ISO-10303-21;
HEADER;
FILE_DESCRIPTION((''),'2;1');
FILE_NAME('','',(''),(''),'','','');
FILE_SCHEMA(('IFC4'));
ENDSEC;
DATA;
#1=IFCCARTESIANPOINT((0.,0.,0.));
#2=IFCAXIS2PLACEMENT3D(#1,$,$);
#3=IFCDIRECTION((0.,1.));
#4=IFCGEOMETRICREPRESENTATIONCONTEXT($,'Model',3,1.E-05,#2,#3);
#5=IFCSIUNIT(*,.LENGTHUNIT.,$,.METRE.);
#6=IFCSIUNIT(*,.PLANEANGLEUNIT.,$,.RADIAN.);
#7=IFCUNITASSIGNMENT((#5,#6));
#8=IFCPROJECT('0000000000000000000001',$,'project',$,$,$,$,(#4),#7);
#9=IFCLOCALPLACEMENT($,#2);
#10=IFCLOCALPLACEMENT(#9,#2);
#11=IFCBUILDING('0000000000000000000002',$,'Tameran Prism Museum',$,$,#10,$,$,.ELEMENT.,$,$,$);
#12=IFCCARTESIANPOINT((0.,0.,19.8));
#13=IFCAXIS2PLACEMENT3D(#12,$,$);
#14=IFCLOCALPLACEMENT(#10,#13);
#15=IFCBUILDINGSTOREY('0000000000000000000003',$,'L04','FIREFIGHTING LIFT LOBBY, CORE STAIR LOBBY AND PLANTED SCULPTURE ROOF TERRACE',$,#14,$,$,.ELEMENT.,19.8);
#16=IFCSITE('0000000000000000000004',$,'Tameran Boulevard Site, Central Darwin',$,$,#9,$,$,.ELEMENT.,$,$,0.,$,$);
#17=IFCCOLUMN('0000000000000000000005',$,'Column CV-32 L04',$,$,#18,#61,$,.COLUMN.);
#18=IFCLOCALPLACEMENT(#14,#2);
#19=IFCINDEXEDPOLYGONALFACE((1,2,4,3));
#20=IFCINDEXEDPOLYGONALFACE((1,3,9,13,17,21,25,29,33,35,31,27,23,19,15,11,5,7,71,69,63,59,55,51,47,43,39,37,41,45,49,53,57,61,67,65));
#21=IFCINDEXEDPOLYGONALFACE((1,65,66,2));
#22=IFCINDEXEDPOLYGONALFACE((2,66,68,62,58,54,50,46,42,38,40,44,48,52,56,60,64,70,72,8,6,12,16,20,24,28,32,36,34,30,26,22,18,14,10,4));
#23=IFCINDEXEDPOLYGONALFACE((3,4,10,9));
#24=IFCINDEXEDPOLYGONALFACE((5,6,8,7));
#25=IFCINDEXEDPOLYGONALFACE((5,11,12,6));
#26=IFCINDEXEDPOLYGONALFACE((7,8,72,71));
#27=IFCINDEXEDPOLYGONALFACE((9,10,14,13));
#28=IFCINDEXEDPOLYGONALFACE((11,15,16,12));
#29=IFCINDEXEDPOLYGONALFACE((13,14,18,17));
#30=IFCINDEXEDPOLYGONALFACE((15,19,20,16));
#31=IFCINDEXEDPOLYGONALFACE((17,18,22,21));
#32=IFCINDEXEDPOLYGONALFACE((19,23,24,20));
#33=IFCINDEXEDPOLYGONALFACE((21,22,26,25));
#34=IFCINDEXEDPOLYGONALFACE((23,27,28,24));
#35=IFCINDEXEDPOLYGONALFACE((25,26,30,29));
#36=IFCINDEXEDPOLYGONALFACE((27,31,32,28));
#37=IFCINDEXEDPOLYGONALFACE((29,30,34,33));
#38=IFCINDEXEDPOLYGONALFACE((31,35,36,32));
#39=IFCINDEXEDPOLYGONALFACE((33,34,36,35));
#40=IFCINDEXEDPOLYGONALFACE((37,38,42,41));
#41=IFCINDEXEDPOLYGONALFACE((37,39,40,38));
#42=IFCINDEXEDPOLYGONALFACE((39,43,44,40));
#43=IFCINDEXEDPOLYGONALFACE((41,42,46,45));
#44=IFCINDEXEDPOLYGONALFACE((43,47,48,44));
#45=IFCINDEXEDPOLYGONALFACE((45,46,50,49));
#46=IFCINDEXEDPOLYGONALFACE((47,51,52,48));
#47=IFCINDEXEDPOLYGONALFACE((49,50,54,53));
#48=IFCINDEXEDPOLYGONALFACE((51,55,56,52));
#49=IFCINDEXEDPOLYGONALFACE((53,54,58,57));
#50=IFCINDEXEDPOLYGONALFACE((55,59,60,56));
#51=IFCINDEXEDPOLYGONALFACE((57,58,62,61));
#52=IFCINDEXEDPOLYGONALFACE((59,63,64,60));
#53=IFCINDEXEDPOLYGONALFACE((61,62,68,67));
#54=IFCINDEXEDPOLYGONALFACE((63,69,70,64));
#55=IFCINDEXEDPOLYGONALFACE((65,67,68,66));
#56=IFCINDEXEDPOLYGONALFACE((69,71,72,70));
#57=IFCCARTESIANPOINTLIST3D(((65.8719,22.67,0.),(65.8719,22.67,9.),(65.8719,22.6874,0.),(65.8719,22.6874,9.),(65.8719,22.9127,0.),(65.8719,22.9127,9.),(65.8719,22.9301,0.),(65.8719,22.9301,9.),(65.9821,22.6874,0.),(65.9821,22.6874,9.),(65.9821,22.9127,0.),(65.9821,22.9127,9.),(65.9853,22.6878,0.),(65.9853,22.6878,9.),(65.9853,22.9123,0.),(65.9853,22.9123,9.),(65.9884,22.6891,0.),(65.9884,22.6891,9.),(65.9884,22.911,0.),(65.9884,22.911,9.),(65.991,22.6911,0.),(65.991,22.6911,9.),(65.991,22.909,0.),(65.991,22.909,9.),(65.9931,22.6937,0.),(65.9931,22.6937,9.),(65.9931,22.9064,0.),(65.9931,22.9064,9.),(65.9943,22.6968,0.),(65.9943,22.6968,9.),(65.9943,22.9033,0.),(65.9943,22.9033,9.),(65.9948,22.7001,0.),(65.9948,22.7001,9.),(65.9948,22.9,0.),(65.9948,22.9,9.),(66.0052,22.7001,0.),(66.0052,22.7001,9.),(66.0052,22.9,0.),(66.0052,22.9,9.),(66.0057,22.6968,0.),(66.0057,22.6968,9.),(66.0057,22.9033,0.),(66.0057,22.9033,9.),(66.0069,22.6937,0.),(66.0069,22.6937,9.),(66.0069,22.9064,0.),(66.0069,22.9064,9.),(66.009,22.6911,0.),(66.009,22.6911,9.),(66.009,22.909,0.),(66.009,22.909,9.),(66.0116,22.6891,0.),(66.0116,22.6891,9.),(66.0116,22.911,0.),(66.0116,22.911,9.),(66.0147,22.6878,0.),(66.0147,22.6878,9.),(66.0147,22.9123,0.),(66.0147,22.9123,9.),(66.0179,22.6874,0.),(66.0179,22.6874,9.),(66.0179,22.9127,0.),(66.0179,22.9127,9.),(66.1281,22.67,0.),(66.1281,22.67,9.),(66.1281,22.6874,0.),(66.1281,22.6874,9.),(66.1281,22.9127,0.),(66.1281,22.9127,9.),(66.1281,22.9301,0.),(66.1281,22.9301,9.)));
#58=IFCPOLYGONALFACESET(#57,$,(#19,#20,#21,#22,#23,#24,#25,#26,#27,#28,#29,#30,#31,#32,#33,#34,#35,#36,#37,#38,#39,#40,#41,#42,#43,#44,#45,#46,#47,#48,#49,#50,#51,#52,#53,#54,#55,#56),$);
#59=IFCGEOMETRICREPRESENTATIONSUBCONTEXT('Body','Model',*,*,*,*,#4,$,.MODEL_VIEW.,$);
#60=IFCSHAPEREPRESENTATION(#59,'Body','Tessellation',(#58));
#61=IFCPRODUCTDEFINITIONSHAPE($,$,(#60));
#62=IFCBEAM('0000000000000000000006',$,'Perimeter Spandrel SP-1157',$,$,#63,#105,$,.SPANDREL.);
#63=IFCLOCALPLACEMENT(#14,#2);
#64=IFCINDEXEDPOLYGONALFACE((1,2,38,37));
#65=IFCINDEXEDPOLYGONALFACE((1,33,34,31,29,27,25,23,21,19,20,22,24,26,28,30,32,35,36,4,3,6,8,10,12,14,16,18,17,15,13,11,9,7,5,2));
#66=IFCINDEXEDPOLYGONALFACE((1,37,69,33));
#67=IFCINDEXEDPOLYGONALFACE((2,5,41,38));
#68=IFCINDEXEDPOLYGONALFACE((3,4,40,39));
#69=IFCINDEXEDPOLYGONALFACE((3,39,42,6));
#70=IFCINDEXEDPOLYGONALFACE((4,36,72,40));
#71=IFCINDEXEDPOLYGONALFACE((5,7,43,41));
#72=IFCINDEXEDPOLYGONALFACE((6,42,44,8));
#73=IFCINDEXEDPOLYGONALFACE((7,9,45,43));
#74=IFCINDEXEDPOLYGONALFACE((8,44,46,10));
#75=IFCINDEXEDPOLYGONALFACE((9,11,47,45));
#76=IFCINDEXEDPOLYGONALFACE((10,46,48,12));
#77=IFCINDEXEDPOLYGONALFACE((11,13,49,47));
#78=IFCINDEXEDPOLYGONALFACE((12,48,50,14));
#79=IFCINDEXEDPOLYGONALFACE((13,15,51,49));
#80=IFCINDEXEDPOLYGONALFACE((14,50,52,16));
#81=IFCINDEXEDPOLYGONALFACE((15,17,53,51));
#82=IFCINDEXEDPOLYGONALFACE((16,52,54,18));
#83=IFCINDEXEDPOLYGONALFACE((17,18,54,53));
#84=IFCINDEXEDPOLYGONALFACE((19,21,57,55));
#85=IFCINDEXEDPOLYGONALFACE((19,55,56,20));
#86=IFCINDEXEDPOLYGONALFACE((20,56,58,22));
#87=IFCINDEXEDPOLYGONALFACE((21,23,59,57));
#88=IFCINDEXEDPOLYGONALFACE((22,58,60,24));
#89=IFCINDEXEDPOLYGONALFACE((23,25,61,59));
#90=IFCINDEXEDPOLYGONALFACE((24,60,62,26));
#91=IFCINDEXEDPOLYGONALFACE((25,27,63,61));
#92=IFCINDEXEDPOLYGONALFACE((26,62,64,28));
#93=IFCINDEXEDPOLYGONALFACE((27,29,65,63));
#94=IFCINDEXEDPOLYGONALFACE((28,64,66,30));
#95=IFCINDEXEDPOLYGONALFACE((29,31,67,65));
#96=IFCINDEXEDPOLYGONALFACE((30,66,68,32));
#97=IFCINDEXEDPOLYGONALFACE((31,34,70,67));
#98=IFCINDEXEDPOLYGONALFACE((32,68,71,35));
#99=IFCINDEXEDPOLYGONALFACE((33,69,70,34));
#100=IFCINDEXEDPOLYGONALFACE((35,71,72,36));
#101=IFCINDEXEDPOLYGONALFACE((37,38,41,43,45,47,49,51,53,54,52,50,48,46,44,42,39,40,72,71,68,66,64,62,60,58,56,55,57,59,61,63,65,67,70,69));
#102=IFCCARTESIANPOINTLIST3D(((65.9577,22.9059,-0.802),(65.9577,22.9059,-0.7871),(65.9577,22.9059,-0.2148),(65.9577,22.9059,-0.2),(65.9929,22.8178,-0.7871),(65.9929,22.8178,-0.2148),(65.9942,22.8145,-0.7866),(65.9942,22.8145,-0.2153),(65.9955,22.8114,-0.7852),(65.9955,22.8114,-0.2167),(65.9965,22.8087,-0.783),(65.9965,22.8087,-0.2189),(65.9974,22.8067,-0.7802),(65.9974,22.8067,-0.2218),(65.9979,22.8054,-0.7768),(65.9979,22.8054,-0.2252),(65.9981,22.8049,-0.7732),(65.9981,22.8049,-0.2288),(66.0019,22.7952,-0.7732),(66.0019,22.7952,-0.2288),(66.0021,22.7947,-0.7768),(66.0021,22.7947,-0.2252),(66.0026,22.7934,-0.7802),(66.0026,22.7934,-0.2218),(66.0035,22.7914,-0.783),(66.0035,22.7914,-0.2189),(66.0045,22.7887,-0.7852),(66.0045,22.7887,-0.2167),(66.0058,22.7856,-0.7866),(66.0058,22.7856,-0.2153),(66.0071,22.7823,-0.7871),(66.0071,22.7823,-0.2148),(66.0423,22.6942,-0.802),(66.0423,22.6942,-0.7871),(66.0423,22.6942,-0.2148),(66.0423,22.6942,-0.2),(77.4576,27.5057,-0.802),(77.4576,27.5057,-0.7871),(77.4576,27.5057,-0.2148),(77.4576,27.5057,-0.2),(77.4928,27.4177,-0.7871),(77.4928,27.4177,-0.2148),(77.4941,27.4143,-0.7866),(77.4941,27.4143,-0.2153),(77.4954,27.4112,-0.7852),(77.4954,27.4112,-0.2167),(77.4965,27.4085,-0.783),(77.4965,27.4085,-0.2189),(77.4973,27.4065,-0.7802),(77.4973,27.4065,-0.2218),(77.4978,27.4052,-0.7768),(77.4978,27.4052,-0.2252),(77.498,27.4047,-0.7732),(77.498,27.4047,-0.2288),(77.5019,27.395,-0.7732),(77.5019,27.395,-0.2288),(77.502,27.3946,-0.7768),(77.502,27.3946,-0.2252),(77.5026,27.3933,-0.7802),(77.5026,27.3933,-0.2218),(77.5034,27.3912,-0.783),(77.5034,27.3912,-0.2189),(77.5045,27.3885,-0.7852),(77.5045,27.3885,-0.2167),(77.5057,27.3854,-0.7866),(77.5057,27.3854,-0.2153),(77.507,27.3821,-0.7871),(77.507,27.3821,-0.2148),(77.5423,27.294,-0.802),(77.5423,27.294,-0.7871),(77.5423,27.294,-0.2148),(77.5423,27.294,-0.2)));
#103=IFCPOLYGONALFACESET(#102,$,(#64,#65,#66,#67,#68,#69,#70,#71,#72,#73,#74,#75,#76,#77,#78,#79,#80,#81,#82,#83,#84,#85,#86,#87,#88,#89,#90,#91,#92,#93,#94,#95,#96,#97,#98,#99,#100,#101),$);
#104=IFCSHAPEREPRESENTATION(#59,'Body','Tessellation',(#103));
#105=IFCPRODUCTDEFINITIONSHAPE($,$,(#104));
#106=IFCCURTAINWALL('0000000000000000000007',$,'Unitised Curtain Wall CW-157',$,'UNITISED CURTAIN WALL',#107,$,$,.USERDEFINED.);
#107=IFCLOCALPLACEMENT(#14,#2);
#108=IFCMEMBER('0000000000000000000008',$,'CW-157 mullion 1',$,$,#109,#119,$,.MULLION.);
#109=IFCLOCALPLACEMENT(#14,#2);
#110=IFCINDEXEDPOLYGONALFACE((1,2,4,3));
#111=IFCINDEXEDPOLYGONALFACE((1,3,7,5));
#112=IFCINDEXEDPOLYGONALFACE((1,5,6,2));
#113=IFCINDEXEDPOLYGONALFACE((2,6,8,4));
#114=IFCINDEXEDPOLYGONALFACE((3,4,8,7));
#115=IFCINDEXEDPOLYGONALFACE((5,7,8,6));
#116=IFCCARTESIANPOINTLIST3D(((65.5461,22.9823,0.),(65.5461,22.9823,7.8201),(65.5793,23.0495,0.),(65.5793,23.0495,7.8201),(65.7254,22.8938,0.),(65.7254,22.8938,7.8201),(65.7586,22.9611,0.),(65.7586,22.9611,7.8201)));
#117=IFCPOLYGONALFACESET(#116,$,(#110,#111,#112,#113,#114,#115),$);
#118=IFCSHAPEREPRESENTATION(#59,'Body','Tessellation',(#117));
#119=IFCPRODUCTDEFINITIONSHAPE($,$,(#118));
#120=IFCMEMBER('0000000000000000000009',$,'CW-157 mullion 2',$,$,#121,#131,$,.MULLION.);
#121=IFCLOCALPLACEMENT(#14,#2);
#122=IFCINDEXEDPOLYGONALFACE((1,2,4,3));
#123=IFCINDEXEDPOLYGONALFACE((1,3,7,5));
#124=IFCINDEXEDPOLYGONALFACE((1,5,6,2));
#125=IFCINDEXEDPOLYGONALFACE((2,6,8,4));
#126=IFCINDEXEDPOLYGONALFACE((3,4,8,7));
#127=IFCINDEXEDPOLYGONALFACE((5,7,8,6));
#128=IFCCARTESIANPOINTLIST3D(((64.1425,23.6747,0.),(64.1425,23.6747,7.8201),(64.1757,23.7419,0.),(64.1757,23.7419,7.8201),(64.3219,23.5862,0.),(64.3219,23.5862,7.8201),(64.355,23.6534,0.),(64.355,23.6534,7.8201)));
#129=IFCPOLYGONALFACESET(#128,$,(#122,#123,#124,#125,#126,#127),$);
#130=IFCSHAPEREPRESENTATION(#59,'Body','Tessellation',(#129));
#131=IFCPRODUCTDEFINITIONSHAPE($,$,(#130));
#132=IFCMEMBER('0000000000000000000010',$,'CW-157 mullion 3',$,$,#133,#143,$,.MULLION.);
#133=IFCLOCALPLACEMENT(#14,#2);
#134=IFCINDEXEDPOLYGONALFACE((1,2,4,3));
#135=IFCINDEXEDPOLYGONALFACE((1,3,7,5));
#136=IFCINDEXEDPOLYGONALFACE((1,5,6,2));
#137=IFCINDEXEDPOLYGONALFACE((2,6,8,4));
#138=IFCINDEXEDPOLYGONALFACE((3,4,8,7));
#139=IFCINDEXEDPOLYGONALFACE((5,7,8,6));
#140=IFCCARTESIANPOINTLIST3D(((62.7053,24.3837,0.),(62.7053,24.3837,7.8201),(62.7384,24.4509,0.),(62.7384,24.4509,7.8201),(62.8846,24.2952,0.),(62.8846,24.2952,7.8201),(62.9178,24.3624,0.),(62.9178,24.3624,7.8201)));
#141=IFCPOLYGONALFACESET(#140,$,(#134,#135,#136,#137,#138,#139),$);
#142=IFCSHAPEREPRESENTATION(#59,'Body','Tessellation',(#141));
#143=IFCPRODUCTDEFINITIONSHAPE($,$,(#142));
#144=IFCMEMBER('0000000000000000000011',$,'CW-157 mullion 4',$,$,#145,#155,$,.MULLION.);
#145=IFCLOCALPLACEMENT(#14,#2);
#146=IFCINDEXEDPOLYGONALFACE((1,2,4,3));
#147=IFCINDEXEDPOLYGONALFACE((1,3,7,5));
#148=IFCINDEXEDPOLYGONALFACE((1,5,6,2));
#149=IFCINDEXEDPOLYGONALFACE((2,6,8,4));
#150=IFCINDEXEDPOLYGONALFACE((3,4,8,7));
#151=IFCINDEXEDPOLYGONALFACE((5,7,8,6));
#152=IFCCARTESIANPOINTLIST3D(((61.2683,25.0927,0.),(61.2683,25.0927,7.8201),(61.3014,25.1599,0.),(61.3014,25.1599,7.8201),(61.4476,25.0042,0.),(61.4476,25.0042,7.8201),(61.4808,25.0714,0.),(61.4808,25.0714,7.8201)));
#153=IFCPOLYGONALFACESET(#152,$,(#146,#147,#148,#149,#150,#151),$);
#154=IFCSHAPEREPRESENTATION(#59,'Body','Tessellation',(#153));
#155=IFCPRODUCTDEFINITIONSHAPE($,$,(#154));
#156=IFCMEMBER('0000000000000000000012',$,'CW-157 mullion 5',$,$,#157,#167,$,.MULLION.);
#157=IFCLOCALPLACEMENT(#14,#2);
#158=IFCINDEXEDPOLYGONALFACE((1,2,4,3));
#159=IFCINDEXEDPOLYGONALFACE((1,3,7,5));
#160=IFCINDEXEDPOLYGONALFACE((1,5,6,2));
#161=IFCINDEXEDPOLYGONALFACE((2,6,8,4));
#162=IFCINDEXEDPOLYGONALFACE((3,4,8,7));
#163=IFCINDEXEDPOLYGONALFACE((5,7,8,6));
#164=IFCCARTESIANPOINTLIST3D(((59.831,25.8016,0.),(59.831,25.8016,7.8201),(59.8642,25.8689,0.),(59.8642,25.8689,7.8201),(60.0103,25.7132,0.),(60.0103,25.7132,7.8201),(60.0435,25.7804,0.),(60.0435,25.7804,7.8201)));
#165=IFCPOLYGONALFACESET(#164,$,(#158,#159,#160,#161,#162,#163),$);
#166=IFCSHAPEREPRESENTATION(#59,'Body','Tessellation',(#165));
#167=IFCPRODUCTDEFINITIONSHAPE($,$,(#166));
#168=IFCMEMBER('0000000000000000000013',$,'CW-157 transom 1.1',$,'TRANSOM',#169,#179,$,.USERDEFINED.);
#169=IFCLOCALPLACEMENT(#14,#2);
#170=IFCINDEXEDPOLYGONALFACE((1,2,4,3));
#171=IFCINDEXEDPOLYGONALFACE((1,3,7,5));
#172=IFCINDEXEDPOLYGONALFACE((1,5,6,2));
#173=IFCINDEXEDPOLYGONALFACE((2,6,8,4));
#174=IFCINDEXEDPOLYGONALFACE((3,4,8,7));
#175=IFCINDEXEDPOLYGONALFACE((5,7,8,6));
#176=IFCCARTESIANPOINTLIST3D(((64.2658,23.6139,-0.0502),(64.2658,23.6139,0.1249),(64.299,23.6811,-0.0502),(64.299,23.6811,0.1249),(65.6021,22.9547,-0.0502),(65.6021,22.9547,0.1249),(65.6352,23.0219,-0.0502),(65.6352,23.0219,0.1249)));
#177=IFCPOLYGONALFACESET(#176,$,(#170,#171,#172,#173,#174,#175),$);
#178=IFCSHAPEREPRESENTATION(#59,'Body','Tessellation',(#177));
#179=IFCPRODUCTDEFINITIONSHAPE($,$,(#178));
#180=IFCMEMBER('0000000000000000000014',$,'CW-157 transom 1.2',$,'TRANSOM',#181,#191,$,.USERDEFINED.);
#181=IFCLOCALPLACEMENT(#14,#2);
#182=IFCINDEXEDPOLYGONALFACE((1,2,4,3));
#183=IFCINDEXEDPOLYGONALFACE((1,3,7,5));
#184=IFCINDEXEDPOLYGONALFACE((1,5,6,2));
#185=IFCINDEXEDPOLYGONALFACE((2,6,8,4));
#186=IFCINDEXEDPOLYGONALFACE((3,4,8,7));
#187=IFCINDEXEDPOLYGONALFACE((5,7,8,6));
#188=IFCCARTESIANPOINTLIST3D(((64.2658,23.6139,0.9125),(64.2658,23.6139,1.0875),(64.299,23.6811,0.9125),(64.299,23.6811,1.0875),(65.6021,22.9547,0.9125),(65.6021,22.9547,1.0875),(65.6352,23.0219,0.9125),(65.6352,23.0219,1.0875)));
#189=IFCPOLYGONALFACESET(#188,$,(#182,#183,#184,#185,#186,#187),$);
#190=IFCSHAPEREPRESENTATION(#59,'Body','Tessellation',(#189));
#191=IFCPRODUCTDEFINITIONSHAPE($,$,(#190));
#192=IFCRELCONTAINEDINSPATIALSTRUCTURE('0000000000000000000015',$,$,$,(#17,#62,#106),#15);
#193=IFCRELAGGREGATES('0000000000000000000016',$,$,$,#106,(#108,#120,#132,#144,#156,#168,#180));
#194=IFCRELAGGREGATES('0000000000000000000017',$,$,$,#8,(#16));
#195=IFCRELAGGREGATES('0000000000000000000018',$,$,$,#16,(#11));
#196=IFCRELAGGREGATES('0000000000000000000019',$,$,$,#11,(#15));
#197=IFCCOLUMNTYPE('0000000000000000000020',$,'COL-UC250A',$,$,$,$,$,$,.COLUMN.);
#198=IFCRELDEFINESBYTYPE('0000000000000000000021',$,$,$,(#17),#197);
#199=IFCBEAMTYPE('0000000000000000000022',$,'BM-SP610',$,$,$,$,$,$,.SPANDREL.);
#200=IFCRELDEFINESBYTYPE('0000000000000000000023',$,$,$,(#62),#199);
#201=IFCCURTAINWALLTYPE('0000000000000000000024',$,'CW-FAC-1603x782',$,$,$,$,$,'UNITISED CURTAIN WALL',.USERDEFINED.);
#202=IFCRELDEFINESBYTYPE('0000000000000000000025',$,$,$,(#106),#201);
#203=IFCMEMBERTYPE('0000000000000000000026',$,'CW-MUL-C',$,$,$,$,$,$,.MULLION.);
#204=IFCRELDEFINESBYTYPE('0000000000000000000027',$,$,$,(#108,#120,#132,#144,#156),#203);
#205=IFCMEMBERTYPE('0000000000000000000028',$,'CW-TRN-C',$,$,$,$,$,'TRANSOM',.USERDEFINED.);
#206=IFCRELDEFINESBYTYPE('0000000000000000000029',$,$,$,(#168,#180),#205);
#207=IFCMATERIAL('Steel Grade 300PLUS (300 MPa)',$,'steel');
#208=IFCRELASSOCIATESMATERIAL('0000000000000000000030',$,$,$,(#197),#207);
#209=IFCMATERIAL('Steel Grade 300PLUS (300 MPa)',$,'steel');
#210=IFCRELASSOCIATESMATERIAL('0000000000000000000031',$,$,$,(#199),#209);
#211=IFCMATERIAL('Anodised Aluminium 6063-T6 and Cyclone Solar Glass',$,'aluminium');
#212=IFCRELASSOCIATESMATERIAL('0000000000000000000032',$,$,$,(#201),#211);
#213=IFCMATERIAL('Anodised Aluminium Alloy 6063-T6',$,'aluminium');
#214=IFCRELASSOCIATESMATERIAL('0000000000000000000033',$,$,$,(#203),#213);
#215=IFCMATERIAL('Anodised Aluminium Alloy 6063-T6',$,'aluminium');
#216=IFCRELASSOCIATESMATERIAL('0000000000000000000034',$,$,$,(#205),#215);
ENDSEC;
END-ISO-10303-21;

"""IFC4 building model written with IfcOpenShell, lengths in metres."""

from ifc_helpers import new_model, si_unit, direction, frame, origin, origin_2d, place, context, subcontext, project, spatial, rectangle, i_section, extrude, material, material_profile, profile_set, type_object, element, aggregate, save


model = new_model("IFC4")

# Units and contexts
model_context = context("Model", 3, precision=1e-05, world=origin(), true_north=direction((0.0, 1.0)))
body_context = subcontext(model_context, "Body", "Model", "MODEL_VIEW")
ifc_project = project(units=[si_unit("LENGTHUNIT", "METRE"), si_unit("PLANEANGLEUNIT", "RADIAN")], contexts=[model_context])

# Site, building, storey
site_placement = place(None, origin())
site = spatial("IfcSite", under=ifc_project, at=site_placement, Name="Tameran Boulevard Site, Central Darwin", CompositionType="ELEMENT", RefElevation=0.0)
building_placement = place(site_placement, origin())
building = spatial("IfcBuilding", under=site, at=building_placement, Name="Tameran Prism Museum", CompositionType="ELEMENT")
storey_placement = place(building_placement, frame((0.0, 0.0, 19.8)))
storey = spatial("IfcBuildingStorey", under=building, at=storey_placement, Name="L04", Description="FIREFIGHTING LIFT LOBBY, CORE STAIR LOBBY AND PLANTED SCULPTURE ROOF TERRACE", CompositionType="ELEMENT", Elevation=19.8)

# Column
ifc_material_1 = material(Name="Steel Grade 300PLUS (300 MPa)", Category="steel")
ifc_material_profile_1 = material_profile(ifc_material_1, i_section(OverallWidth=0.2561, OverallDepth=0.26, WebThickness=0.0105, FlangeThickness=0.0173, FilletRadius=0.0127, at=origin_2d()))
ifc_profile_set_1 = profile_set([ifc_material_profile_1])
column_type = type_object("IfcColumnType", Name="COL-UC250A", PredefinedType="COLUMN", material=ifc_profile_set_1)
column_placement = place(storey_placement, frame((66.0, 22.8, 0.0), z_axis=(0.0, 0.0, 1.0), x_axis=(1.0, 0.0, 0.0)))
element("IfcColumn", 1, at=column_placement, inside=storey, type_object=column_type, Name="Column CV-32 L04", PredefinedType="COLUMN", context=body_context, shape_type="SweptSolid", body=[
    extrude(i_section(OverallWidth=0.2561, OverallDepth=0.26, WebThickness=0.0105, FlangeThickness=0.0173, FilletRadius=0.0127, at=origin_2d()), origin(), (0.0, 0.0, 1.0), 9.0),
])

# Beam
ifc_material_2 = material(Name="Steel Grade 300PLUS (300 MPa)", Category="steel")
ifc_material_profile_2 = material_profile(ifc_material_2, i_section(OverallWidth=0.228, OverallDepth=0.6021, WebThickness=0.0105, FlangeThickness=0.0149, FilletRadius=0.0139, at=origin_2d()))
ifc_profile_set_2 = profile_set([ifc_material_profile_2])
beam_type = type_object("IfcBeamType", Name="BM-SP610", PredefinedType="SPANDREL", material=ifc_profile_set_2)
beam_placement = place(storey_placement, frame((66.0, 22.8, -0.501), z_axis=(0.928481, 0.37138, 0.0), x_axis=(-0.37138, 0.928481, 0.0)))
element("IfcBeam", 2, at=beam_placement, inside=storey, type_object=beam_type, Name="Perimeter Spandrel SP-1157", PredefinedType="SPANDREL", context=body_context, shape_type="SweptSolid", body=[
    extrude(i_section(OverallWidth=0.228, OverallDepth=0.6021, WebThickness=0.0105, FlangeThickness=0.0149, FilletRadius=0.0139, at=origin_2d()), origin(), (0.0, 0.0, 1.0), 12.3857),
])

# Curtain wall, members
ifc_material_3 = material(Name="Anodised Aluminium 6063-T6 and Cyclone Solar Glass", Category="aluminium")
curtain_wall_type = type_object("IfcCurtainWallType", Name="CW-FAC-1603x782", ElementType="UNITISED CURTAIN WALL", PredefinedType="USERDEFINED", material=ifc_material_3)
curtain_wall_placement = place(storey_placement, origin())
curtain_wall = element("IfcCurtainWall", 3, at=curtain_wall_placement, inside=storey, type_object=curtain_wall_type, Name="Unitised Curtain Wall CW-157", ObjectType="UNITISED CURTAIN WALL", PredefinedType="USERDEFINED")
ifc_material_4 = material(Name="Anodised Aluminium Alloy 6063-T6", Category="aluminium")
ifc_material_profile_3 = material_profile(ifc_material_4, rectangle(XDim=0.075, YDim=0.2, at=origin_2d()))
ifc_profile_set_3 = profile_set([ifc_material_profile_3])
member_type_1 = type_object("IfcMemberType", Name="CW-MUL-C", PredefinedType="MULLION", material=ifc_profile_set_3)
member_1_placement = place(storey_placement, frame((65.6523, 22.9717, 0.0), z_axis=(0.0, 0.0, 1.0), x_axis=(-0.442415, -0.896811, 0.0)))
member_1 = element("IfcMember", 4, at=member_1_placement, type_object=member_type_1, Name="CW-157 mullion 1", PredefinedType="MULLION", context=body_context, shape_type="SweptSolid", body=[
    extrude(rectangle(XDim=0.075, YDim=0.2, at=origin_2d()), origin(), (0.0, 0.0, 1.0), 7.8201),
])
member_2_placement = place(storey_placement, frame((64.2488, 23.6641, 0.0), z_axis=(0.0, 0.0, 1.0), x_axis=(-0.442415, -0.896811, 0.0)))
member_2 = element("IfcMember", 5, at=member_2_placement, type_object=member_type_1, Name="CW-157 mullion 2", PredefinedType="MULLION", context=body_context, shape_type="SweptSolid", body=[
    extrude(rectangle(XDim=0.075, YDim=0.2, at=origin_2d()), origin(), (0.0, 0.0, 1.0), 7.8201),
])
member_3_placement = place(storey_placement, frame((62.8115, 24.373, 0.0), z_axis=(0.0, 0.0, 1.0), x_axis=(-0.442415, -0.896811, 0.0)))
member_3 = element("IfcMember", 6, at=member_3_placement, type_object=member_type_1, Name="CW-157 mullion 3", PredefinedType="MULLION", context=body_context, shape_type="SweptSolid", body=[
    extrude(rectangle(XDim=0.075, YDim=0.2, at=origin_2d()), origin(), (0.0, 0.0, 1.0), 7.8201),
])
member_4_placement = place(storey_placement, frame((61.3745, 25.082, 0.0), z_axis=(0.0, 0.0, 1.0), x_axis=(-0.442415, -0.896811, 0.0)))
member_4 = element("IfcMember", 7, at=member_4_placement, type_object=member_type_1, Name="CW-157 mullion 4", PredefinedType="MULLION", context=body_context, shape_type="SweptSolid", body=[
    extrude(rectangle(XDim=0.075, YDim=0.2, at=origin_2d()), origin(), (0.0, 0.0, 1.0), 7.8201),
])
member_5_placement = place(storey_placement, frame((59.9373, 25.791, 0.0), z_axis=(0.0, 0.0, 1.0), x_axis=(-0.442415, -0.896811, 0.0)))
member_5 = element("IfcMember", 8, at=member_5_placement, type_object=member_type_1, Name="CW-157 mullion 5", PredefinedType="MULLION", context=body_context, shape_type="SweptSolid", body=[
    extrude(rectangle(XDim=0.075, YDim=0.2, at=origin_2d()), origin(), (0.0, 0.0, 1.0), 7.8201),
])
ifc_material_5 = material(Name="Anodised Aluminium Alloy 6063-T6", Category="aluminium")
ifc_material_profile_4 = material_profile(ifc_material_5, rectangle(XDim=0.075, YDim=0.175, at=origin_2d()))
ifc_profile_set_4 = profile_set([ifc_material_profile_4])
member_type_2 = type_object("IfcMemberType", Name="CW-TRN-C", ElementType="TRANSOM", PredefinedType="USERDEFINED", material=ifc_profile_set_4)
member_6_placement = place(storey_placement, frame((65.6187, 22.9883, 0.0374), z_axis=(-0.896807, 0.442422, 0.0), x_axis=(-0.442422, -0.896807, 0.0)))
member_6 = element("IfcMember", 9, at=member_6_placement, type_object=member_type_2, Name="CW-157 transom 1.1", ObjectType="TRANSOM", PredefinedType="USERDEFINED", context=body_context, shape_type="SweptSolid", body=[
    extrude(rectangle(XDim=0.075, YDim=0.175, at=origin_2d()), origin(), (0.0, 0.0, 1.0), 1.49),
])
member_7_placement = place(storey_placement, frame((65.6187, 22.9883, 1.0), z_axis=(-0.896807, 0.442422, 0.0), x_axis=(-0.442422, -0.896807, 0.0)))
member_7 = element("IfcMember", 10, at=member_7_placement, type_object=member_type_2, Name="CW-157 transom 1.2", ObjectType="TRANSOM", PredefinedType="USERDEFINED", context=body_context, shape_type="SweptSolid", body=[
    extrude(rectangle(XDim=0.075, YDim=0.175, at=origin_2d()), origin(), (0.0, 0.0, 1.0), 1.49),
])
aggregate(curtain_wall, [member_1, member_2, member_3, member_4, member_5, member_6, member_7])

save(model, "model.ifc")
